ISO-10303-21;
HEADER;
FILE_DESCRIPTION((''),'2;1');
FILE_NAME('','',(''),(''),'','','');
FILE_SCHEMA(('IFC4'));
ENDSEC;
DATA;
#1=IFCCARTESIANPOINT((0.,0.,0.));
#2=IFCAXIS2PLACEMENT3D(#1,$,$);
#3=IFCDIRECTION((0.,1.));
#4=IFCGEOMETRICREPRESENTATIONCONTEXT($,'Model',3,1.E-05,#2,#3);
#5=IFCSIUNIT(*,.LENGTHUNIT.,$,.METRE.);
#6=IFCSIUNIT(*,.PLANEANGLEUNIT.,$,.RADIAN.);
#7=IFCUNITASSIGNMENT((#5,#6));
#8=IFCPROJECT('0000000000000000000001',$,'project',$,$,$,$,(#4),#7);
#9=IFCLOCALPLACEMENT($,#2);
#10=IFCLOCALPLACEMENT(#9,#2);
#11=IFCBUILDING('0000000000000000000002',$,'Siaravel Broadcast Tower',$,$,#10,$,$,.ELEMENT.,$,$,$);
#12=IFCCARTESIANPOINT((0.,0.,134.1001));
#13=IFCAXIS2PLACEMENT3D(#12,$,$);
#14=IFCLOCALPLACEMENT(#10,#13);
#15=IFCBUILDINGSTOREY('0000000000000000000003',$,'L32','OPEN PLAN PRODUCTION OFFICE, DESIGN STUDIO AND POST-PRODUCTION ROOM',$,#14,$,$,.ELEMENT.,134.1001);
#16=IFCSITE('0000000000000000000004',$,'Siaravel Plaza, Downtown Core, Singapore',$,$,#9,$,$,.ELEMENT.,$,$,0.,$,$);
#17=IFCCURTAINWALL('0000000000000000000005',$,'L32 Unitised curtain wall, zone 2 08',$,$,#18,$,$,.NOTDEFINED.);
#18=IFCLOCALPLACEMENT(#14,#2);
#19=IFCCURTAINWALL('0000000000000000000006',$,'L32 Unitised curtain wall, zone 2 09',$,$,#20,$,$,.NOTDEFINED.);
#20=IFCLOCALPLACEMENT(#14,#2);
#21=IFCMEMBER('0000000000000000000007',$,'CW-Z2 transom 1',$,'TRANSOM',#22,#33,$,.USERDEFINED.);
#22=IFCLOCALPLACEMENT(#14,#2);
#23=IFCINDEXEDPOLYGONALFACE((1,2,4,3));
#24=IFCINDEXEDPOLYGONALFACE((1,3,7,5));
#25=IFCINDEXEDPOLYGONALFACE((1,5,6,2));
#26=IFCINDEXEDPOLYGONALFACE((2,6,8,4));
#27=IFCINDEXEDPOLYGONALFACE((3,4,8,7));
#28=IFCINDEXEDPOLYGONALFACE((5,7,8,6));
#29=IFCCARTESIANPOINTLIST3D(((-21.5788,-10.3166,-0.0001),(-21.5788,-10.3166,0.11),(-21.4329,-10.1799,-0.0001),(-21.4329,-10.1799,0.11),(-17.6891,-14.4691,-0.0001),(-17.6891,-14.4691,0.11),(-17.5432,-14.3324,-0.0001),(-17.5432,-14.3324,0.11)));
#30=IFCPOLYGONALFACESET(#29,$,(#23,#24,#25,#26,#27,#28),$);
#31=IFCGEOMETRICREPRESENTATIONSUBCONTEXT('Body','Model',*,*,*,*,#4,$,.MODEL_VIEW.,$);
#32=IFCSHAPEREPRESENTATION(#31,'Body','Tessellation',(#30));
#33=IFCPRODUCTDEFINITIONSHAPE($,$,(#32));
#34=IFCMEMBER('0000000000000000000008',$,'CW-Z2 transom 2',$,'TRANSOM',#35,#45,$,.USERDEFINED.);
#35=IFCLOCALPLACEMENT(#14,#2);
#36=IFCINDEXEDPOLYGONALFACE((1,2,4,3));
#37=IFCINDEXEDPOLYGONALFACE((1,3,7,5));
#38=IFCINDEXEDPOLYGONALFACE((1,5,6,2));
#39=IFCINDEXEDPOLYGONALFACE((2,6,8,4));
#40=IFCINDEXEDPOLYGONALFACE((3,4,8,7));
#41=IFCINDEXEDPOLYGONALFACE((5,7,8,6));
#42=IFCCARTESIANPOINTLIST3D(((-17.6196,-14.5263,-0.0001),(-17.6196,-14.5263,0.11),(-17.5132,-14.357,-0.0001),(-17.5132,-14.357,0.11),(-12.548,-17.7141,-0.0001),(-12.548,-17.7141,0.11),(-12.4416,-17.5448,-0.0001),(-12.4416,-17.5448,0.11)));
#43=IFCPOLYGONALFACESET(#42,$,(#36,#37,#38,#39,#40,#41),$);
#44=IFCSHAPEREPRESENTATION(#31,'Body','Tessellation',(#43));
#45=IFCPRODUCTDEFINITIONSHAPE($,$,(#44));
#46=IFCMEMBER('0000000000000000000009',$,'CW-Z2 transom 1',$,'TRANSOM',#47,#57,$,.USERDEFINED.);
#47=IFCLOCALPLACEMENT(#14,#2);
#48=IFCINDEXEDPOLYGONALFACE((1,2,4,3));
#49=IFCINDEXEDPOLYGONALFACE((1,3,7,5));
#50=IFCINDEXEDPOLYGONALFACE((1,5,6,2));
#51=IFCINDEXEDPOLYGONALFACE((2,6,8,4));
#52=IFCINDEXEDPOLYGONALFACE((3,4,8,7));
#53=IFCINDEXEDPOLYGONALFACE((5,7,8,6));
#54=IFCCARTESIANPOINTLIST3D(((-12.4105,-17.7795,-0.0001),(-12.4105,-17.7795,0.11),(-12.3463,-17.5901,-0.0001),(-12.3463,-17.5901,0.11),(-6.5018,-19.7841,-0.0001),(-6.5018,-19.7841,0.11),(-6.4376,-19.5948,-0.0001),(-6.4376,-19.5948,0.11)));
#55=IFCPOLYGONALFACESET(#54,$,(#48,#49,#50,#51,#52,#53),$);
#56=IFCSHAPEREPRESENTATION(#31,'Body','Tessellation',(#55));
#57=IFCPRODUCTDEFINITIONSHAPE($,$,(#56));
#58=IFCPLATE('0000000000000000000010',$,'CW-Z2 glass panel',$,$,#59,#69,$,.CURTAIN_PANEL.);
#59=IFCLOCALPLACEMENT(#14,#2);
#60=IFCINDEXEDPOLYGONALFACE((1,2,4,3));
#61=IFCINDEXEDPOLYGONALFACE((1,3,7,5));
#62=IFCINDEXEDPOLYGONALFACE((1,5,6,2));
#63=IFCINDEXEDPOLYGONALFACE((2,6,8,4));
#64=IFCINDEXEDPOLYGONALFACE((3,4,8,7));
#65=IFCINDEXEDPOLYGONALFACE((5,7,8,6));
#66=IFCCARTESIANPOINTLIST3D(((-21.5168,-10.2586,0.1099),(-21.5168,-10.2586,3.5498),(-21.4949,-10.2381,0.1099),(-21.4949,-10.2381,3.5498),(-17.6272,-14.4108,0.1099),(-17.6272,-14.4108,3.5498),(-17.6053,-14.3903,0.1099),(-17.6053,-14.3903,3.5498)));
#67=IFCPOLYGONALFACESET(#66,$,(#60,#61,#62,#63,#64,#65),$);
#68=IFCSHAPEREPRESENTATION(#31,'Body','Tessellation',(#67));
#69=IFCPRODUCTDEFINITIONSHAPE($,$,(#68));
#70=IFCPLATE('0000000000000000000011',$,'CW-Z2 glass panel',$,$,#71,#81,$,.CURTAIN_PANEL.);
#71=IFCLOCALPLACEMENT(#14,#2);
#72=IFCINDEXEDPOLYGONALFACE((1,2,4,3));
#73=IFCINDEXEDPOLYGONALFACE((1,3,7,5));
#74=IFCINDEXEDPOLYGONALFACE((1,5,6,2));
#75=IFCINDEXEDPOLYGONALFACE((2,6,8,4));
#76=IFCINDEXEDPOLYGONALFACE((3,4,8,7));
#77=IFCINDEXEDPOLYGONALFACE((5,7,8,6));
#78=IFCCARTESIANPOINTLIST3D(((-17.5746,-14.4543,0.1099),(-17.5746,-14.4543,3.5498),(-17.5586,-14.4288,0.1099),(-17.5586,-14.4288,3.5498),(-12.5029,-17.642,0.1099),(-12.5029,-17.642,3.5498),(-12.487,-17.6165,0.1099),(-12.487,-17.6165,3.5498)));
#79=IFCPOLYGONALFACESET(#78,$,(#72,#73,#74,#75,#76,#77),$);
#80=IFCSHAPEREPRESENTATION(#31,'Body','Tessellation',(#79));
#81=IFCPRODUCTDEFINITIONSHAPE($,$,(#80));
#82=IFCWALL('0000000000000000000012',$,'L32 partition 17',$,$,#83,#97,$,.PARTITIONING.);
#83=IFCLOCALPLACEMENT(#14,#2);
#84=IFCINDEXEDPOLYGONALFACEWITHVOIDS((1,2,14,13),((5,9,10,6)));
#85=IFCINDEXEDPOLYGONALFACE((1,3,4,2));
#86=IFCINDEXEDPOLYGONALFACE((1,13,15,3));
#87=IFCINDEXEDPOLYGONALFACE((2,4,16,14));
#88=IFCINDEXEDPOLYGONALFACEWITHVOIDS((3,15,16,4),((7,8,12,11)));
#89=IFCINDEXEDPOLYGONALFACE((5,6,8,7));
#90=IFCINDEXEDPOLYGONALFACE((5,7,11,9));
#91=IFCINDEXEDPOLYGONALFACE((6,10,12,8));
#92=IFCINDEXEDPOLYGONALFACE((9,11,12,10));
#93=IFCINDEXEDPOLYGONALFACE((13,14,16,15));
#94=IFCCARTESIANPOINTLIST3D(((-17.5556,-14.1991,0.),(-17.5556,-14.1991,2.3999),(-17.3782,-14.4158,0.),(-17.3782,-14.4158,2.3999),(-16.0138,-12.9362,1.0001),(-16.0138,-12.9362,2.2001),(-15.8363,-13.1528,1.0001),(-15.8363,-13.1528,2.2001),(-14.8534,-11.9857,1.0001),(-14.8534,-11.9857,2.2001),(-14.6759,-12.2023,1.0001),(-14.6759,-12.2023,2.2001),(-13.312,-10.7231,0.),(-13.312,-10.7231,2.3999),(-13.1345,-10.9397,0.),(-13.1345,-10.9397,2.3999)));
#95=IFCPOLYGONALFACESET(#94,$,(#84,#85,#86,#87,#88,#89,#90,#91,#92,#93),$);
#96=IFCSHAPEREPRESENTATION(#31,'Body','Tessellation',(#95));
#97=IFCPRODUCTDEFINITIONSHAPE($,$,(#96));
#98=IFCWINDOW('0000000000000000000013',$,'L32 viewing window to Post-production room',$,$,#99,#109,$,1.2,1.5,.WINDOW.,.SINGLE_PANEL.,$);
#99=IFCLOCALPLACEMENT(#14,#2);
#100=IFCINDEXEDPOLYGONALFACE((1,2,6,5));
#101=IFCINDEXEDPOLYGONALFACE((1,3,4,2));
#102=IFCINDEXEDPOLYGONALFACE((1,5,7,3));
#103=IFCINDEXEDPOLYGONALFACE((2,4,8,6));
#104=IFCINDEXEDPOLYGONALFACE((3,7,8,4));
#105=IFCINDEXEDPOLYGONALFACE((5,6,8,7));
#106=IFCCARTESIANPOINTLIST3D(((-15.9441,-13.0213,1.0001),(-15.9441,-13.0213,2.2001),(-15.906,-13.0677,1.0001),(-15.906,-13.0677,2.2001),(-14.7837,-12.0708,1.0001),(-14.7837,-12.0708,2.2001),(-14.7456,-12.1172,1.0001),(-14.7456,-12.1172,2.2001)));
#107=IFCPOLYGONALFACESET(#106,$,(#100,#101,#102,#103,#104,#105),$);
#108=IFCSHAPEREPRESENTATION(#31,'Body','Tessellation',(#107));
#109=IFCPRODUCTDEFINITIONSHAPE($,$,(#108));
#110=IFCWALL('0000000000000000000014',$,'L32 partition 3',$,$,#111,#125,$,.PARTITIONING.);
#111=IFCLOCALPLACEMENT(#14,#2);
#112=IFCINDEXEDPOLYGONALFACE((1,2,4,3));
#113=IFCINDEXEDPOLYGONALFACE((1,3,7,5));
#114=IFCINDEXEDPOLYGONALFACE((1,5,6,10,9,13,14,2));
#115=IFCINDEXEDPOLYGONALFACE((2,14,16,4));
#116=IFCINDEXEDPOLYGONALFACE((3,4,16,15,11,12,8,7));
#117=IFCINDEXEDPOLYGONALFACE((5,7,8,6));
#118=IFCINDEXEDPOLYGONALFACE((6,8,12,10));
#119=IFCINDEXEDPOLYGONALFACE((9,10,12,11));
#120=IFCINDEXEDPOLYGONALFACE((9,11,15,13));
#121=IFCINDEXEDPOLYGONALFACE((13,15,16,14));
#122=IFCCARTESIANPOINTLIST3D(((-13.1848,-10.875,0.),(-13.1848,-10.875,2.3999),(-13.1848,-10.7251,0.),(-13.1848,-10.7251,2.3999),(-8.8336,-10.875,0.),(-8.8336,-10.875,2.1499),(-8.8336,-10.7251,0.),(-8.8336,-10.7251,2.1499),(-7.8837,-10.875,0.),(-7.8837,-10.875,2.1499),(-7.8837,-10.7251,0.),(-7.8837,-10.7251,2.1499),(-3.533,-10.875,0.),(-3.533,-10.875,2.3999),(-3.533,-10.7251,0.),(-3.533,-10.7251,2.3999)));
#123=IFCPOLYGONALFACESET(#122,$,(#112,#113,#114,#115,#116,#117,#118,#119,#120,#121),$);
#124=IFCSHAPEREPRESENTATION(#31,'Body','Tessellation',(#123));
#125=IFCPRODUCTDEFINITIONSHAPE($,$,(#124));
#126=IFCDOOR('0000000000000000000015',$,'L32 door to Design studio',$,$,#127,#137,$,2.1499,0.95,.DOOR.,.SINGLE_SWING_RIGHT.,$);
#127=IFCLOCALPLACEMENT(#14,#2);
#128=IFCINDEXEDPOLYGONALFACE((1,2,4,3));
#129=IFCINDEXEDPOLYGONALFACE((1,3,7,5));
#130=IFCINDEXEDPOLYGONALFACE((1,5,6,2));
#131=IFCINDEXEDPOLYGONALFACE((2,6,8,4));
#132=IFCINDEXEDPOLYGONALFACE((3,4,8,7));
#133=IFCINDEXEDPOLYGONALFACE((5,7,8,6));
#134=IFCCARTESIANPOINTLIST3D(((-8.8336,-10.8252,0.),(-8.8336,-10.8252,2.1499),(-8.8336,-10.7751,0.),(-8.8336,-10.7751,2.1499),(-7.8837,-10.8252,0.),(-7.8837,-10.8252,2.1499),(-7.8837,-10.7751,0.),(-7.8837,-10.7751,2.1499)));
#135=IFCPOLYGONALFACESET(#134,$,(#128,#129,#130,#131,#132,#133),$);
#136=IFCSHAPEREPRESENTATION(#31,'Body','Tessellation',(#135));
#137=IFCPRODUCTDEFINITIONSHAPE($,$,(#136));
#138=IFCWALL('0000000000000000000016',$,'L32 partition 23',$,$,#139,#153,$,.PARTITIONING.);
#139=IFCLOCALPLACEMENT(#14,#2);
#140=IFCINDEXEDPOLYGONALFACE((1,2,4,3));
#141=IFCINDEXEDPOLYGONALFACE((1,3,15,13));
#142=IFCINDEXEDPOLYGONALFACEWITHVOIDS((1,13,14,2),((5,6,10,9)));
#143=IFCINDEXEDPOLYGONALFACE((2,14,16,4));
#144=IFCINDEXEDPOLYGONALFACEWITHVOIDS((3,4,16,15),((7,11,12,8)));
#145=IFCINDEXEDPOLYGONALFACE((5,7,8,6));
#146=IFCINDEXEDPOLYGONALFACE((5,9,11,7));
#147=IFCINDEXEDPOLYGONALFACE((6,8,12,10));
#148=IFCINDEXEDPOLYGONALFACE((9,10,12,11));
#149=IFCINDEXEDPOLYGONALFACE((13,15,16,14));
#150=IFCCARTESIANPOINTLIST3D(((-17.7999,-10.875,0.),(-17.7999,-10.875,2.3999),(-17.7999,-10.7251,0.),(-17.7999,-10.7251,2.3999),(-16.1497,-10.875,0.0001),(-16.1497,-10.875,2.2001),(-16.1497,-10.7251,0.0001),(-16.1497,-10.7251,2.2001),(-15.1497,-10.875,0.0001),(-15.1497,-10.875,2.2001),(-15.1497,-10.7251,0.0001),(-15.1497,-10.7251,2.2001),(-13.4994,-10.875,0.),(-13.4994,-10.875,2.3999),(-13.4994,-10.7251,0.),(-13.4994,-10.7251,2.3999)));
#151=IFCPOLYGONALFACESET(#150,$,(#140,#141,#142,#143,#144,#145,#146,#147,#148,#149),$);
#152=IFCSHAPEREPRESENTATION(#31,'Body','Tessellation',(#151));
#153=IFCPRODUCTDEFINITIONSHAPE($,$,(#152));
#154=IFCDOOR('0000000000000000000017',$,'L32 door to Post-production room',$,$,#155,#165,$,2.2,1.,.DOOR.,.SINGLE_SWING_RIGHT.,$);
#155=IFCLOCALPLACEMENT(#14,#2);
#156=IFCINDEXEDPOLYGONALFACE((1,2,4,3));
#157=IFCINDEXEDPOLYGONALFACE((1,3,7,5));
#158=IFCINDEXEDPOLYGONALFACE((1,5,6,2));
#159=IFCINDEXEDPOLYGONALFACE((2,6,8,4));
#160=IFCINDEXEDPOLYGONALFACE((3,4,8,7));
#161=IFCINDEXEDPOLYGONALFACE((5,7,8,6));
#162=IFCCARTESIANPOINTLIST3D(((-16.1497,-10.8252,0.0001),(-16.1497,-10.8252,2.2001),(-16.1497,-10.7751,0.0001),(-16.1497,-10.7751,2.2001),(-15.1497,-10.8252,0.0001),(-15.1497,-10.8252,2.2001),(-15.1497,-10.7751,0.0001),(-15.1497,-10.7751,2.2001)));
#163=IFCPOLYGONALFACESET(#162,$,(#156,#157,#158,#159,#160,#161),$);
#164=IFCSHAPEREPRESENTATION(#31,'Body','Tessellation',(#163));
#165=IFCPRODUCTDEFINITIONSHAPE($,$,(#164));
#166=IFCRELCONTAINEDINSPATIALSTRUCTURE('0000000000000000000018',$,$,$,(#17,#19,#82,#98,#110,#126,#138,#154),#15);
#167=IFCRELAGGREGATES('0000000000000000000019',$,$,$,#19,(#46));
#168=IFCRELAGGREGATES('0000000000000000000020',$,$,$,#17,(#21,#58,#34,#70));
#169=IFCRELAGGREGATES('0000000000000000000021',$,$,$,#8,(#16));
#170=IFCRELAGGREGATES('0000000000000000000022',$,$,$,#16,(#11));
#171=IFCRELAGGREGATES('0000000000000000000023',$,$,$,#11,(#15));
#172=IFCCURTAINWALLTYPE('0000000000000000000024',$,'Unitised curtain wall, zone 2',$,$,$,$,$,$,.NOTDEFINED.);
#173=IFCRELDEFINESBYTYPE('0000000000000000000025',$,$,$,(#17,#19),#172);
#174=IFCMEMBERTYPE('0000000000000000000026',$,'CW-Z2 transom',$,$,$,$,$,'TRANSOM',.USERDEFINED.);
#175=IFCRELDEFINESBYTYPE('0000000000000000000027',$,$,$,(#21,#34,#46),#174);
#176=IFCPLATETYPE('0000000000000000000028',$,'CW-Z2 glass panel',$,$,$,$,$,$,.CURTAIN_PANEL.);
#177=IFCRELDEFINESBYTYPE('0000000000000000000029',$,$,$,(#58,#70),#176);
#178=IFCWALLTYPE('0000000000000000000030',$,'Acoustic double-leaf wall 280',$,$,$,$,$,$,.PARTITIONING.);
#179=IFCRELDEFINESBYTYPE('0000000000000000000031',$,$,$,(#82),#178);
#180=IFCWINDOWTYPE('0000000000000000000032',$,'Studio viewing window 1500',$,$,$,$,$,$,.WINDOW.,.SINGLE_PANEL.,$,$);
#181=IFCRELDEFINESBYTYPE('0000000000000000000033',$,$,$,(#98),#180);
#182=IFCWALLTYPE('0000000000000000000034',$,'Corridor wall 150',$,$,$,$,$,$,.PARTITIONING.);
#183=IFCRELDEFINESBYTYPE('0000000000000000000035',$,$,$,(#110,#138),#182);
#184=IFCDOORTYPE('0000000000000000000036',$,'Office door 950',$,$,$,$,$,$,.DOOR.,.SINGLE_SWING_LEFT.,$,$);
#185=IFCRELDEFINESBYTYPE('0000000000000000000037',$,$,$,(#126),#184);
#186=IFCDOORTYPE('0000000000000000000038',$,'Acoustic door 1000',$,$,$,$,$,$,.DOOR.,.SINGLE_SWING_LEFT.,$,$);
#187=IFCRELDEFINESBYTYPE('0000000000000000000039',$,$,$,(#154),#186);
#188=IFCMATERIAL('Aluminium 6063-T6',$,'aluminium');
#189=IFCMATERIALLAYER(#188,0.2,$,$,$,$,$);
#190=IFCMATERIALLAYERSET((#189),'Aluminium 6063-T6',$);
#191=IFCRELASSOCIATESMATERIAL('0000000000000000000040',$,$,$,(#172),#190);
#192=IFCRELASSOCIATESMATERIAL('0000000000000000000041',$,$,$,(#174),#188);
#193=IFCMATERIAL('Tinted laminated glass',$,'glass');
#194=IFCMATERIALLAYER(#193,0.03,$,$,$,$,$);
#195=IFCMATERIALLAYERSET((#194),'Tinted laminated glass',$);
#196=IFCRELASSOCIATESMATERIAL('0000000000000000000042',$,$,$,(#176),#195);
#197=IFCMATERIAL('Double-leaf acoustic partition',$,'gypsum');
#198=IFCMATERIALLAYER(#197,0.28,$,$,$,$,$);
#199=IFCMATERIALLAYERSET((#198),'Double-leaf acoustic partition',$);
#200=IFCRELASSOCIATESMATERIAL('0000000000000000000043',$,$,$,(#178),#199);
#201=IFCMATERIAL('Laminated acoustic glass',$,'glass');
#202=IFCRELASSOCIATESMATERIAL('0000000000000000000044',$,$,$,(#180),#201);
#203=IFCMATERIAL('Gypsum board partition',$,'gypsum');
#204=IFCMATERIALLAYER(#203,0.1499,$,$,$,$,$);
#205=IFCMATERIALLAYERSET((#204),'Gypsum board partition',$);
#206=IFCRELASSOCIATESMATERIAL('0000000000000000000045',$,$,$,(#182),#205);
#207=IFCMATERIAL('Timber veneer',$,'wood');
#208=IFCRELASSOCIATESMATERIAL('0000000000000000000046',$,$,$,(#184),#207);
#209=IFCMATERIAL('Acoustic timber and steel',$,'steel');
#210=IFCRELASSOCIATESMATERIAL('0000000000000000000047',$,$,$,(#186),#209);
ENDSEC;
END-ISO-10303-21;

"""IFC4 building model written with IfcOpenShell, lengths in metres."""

from ifc_helpers import new_model, si_unit, direction, frame, frame_2d, origin, origin_2d, place, context, subcontext, project, spatial, rectangle, extrude, material, layer, layer_set, material_profile, profile_set, type_object, element, fill, aggregate, save


model = new_model("IFC4")

# Units and contexts
model_context = context("Model", 3, precision=1e-05, world=origin(), true_north=direction((0.0, 1.0)))
body_context = subcontext(model_context, "Body", "Model", "MODEL_VIEW")
ifc_project = project(units=[si_unit("LENGTHUNIT", "METRE"), si_unit("PLANEANGLEUNIT", "RADIAN")], contexts=[model_context])

# Site, building, storey
site_placement = place(None, origin())
site = spatial("IfcSite", under=ifc_project, at=site_placement, Name="Siaravel Plaza, Downtown Core, Singapore", CompositionType="ELEMENT", RefElevation=0.0)
building_placement = place(site_placement, origin())
building = spatial("IfcBuilding", under=site, at=building_placement, Name="Siaravel Broadcast Tower", CompositionType="ELEMENT")
storey_placement = place(building_placement, frame((0.0, 0.0, 134.1001)))
storey = spatial("IfcBuildingStorey", under=building, at=storey_placement, Name="L32", Description="OPEN PLAN PRODUCTION OFFICE, DESIGN STUDIO AND POST-PRODUCTION ROOM", CompositionType="ELEMENT", Elevation=134.1001)

# Curtain wall
ifc_material_1 = material(Name="Aluminium 6063-T6", Category="aluminium")
ifc_layer_1 = layer(ifc_material_1, 0.2)
ifc_layer_set_1 = layer_set([ifc_layer_1], Name="Aluminium 6063-T6")
curtain_wall_type = type_object("IfcCurtainWallType", Name="Unitised curtain wall, zone 2", PredefinedType="NOTDEFINED", material=ifc_layer_set_1)
curtain_wall_1_placement = place(storey_placement, origin())
curtain_wall_1 = element("IfcCurtainWall", 1, at=curtain_wall_1_placement, inside=storey, type_object=curtain_wall_type, Name="L32 Unitised curtain wall, zone 2 08", PredefinedType="NOTDEFINED")

# Curtain wall
curtain_wall_2_placement = place(storey_placement, origin())
curtain_wall_2 = element("IfcCurtainWall", 2, at=curtain_wall_2_placement, inside=storey, type_object=curtain_wall_type, Name="L32 Unitised curtain wall, zone 2 09", PredefinedType="NOTDEFINED")

# Members
ifc_material_profile_1 = material_profile(ifc_material_1, rectangle(XDim=0.2, YDim=0.1101, at=origin_2d()))
ifc_profile_set_1 = profile_set([ifc_material_profile_1], Name="Aluminium 6063-T6")
member_type_1 = type_object("IfcMemberType", Name="CW-Z2 transom", ElementType="TRANSOM", PredefinedType="USERDEFINED", material=ifc_profile_set_1)
member_1_placement = place(storey_placement, frame((-21.5059, -10.2483, 0.0549), z_axis=(0.683644, -0.729815, 0.0), x_axis=(0.729815, 0.683644, 0.0)))
member_1 = element("IfcMember", 3, at=member_1_placement, type_object=member_type_1, Name="CW-Z2 transom 1", ObjectType="TRANSOM", PredefinedType="USERDEFINED", context=body_context, shape_type="SweptSolid", body=[
    extrude(rectangle(XDim=0.2, YDim=0.1101, at=origin_2d()), origin(), (0.0, 0.0, 1.0), 5.6897),
])
member_2_placement = place(storey_placement, frame((-17.5664, -14.4417, 0.0549), z_axis=(0.846642, -0.532162, 0.0), x_axis=(0.532162, 0.846642, 0.0)))
member_2 = element("IfcMember", 4, at=member_2_placement, type_object=member_type_1, Name="CW-Z2 transom 2", ObjectType="TRANSOM", PredefinedType="USERDEFINED", context=body_context, shape_type="SweptSolid", body=[
    extrude(rectangle(XDim=0.2, YDim=0.1101, at=origin_2d()), origin(), (0.0, 0.0, 1.0), 5.9902),
])
member_3_placement = place(storey_placement, frame((-12.3784, -17.6848, 0.0549), z_axis=(0.946983, -0.321283, 0.0), x_axis=(0.321283, 0.946983, 0.0)))
member_3 = element("IfcMember", 5, at=member_3_placement, type_object=member_type_1, Name="CW-Z2 transom 1", ObjectType="TRANSOM", PredefinedType="USERDEFINED", context=body_context, shape_type="SweptSolid", body=[
    extrude(rectangle(XDim=0.2, YDim=0.1101, at=origin_2d()), origin(), (0.0, 0.0, 1.0), 6.2395),
])
aggregate(curtain_wall_2, [member_3])

# Plates
ifc_material_2 = material(Name="Tinted laminated glass", Category="glass")
ifc_layer_2 = layer(ifc_material_2, 0.03)
ifc_layer_set_2 = layer_set([ifc_layer_2], Name="Tinted laminated glass")
plate_type = type_object("IfcPlateType", Name="CW-Z2 glass panel", PredefinedType="CURTAIN_PANEL", material=ifc_layer_set_2)
plate_1_placement = place(storey_placement, frame((-19.561, -12.3245, 0.1099), z_axis=(0.0, 0.0, 1.0), x_axis=(0.683653, -0.729807, 0.0)))
plate_1 = element("IfcPlate", 6, at=plate_1_placement, type_object=plate_type, Name="CW-Z2 glass panel", PredefinedType="CURTAIN_PANEL", context=body_context, shape_type="SweptSolid", body=[
    extrude(rectangle(XDim=5.6895, YDim=0.03, at=origin_2d()), origin(), (0.0, 0.0, 1.0), 3.4399),
])
plate_2_placement = place(storey_placement, frame((-15.0308, -16.0354, 0.1099), z_axis=(0.0, 0.0, 1.0), x_axis=(0.846649, -0.532151, 0.0)))
plate_2 = element("IfcPlate", 7, at=plate_2_placement, type_object=plate_type, Name="CW-Z2 glass panel", PredefinedType="CURTAIN_PANEL", context=body_context, shape_type="SweptSolid", body=[
    extrude(rectangle(XDim=5.9902, YDim=0.03, at=origin_2d()), origin(), (0.0, 0.0, 1.0), 3.4399),
])
aggregate(curtain_wall_1, [member_1, plate_1, member_2, plate_2])

# Wall, opening, window
ifc_material_3 = material(Name="Double-leaf acoustic partition", Category="gypsum")
ifc_layer_3 = layer(ifc_material_3, 0.28)
ifc_layer_set_3 = layer_set([ifc_layer_3], Name="Double-leaf acoustic partition")
wall_type_1 = type_object("IfcWallType", Name="Acoustic double-leaf wall 280", PredefinedType="PARTITIONING", material=ifc_layer_set_3)
wall_1_placement = place(storey_placement, frame((-17.4668, -14.3074, 0.0), z_axis=(0.0, 0.0, 1.0), x_axis=(0.7736, 0.633674, 0.0)))
wall_1 = element("IfcWall", 8, at=wall_1_placement, inside=storey, type_object=wall_type_1, Name="L32 partition 17", PredefinedType="PARTITIONING", context=body_context, shape_type="SweptSolid", body=[
    extrude(rectangle(XDim=5.4856, YDim=0.28, at=frame_2d((2.7427, 0.0))), origin(), (0.0, 0.0, 1.0), 2.3999),
])
opening_1_placement = place(wall_1_placement, frame((1.9929, 0.0, 1.0)))
opening_1 = element("IfcOpeningElement", 9, at=opening_1_placement, cuts=wall_1, PredefinedType="OPENING", context=body_context, shape_type="SweptSolid", body=[
    extrude(rectangle(XDim=1.5, YDim=1.2, at=frame_2d((0.75, 0.6001))), frame((0.0, 0.1499, 0.0), z_axis=(0.0, -1.0, 0.0), x_axis=(1.0, 0.0, 0.0)), (0.0, 0.0, 1.0), 0.3),
])
ifc_material_4 = material(Name="Laminated acoustic glass", Category="glass")
window_type = type_object("IfcWindowType", Name="Studio viewing window 1500", PartitioningType="SINGLE_PANEL", PredefinedType="WINDOW", material=ifc_material_4)
window_placement = place(opening_1_placement, origin())
window = element("IfcWindow", 10, at=window_placement, inside=storey, type_object=window_type, Name="L32 viewing window to Post-production room", OverallHeight=1.2, OverallWidth=1.5, PartitioningType="SINGLE_PANEL", PredefinedType="WINDOW", context=body_context, shape_type="SweptSolid", body=[
    extrude(rectangle(XDim=1.5, YDim=1.2, at=frame_2d((0.75, 0.6001))), frame((0.0, 0.03, 0.0), z_axis=(0.0, -1.0, 0.0), x_axis=(1.0, 0.0, 0.0)), (0.0, 0.0, 1.0), 0.0601),
])
fill(opening_1, window)

# Walls, openings, doors
ifc_material_5 = material(Name="Gypsum board partition", Category="gypsum")
ifc_layer_4 = layer(ifc_material_5, 0.1499)
ifc_layer_set_4 = layer_set([ifc_layer_4], Name="Gypsum board partition")
wall_type_2 = type_object("IfcWallType", Name="Corridor wall 150", PredefinedType="PARTITIONING", material=ifc_layer_set_4)
wall_2_placement = place(storey_placement, frame((-13.1848, -10.8, 0.0), z_axis=(0.0, 0.0, 1.0), x_axis=(1.0, 0.0, 0.0)))
wall_2 = element("IfcWall", 11, at=wall_2_placement, inside=storey, type_object=wall_type_2, Name="L32 partition 3", PredefinedType="PARTITIONING", context=body_context, shape_type="SweptSolid", body=[
    extrude(rectangle(XDim=9.6519, YDim=0.1499, at=frame_2d((4.8259, 0.0))), origin(), (0.0, 0.0, 1.0), 2.3999),
])
opening_2_placement = place(wall_2_placement, frame((4.3511, 0.0, 0.0)))
opening_2 = element("IfcOpeningElement", 12, at=opening_2_placement, cuts=wall_2, PredefinedType="OPENING", context=body_context, shape_type="SweptSolid", body=[
    extrude(rectangle(XDim=0.95, YDim=2.1499, at=frame_2d((0.4751, 1.075))), frame((0.0, 0.085, 0.0), z_axis=(0.0, -1.0, 0.0), x_axis=(1.0, 0.0, 0.0)), (0.0, 0.0, 1.0), 0.1699),
])
ifc_material_6 = material(Name="Timber veneer", Category="wood")
door_type_1 = type_object("IfcDoorType", Name="Office door 950", OperationType="SINGLE_SWING_LEFT", PredefinedType="DOOR", material=ifc_material_6)
door_1_placement = place(opening_2_placement, origin())
door_1 = element("IfcDoor", 13, at=door_1_placement, inside=storey, type_object=door_type_1, Name="L32 door to Design studio", OperationType="SINGLE_SWING_RIGHT", OverallHeight=2.1499, OverallWidth=0.95, PredefinedType="DOOR", context=body_context, shape_type="SweptSolid", body=[
    extrude(rectangle(XDim=0.95, YDim=2.1499, at=frame_2d((0.4751, 1.075))), frame((0.0, 0.0249, 0.0), z_axis=(0.0, -1.0, 0.0), x_axis=(1.0, 0.0, 0.0)), (0.0, 0.0, 1.0), 0.05),
])
fill(opening_2, door_1)
wall_3_placement = place(storey_placement, frame((-17.8, -10.8, 0.0), z_axis=(0.0, 0.0, 1.0), x_axis=(1.0, 0.0, 0.0)))
wall_3 = element("IfcWall", 14, at=wall_3_placement, inside=storey, type_object=wall_type_2, Name="L32 partition 23", PredefinedType="PARTITIONING", context=body_context, shape_type="SweptSolid", body=[
    extrude(rectangle(XDim=4.3005, YDim=0.1499, at=frame_2d((2.1504, 0.0))), origin(), (0.0, 0.0, 1.0), 2.3999),
])
opening_3_placement = place(wall_3_placement, frame((1.6504, 0.0, 0.0)))
opening_3 = element("IfcOpeningElement", 15, at=opening_3_placement, cuts=wall_3, PredefinedType="OPENING", context=body_context, shape_type="SweptSolid", body=[
    extrude(rectangle(XDim=1.0, YDim=2.2, at=frame_2d((0.5, 1.1001))), frame((0.0, 0.085, 0.0), z_axis=(0.0, -1.0, 0.0), x_axis=(1.0, 0.0, 0.0)), (0.0, 0.0, 1.0), 0.1699),
])
ifc_material_7 = material(Name="Acoustic timber and steel", Category="steel")
door_type_2 = type_object("IfcDoorType", Name="Acoustic door 1000", OperationType="SINGLE_SWING_LEFT", PredefinedType="DOOR", material=ifc_material_7)
door_2_placement = place(opening_3_placement, origin())
door_2 = element("IfcDoor", 16, at=door_2_placement, inside=storey, type_object=door_type_2, Name="L32 door to Post-production room", OperationType="SINGLE_SWING_RIGHT", OverallHeight=2.2, OverallWidth=1.0, PredefinedType="DOOR", context=body_context, shape_type="SweptSolid", body=[
    extrude(rectangle(XDim=1.0, YDim=2.2, at=frame_2d((0.5, 1.1001))), frame((0.0, 0.0249, 0.0), z_axis=(0.0, -1.0, 0.0), x_axis=(1.0, 0.0, 0.0)), (0.0, 0.0, 1.0), 0.05),
])
fill(opening_3, door_2)

save(model, "model.ifc")
